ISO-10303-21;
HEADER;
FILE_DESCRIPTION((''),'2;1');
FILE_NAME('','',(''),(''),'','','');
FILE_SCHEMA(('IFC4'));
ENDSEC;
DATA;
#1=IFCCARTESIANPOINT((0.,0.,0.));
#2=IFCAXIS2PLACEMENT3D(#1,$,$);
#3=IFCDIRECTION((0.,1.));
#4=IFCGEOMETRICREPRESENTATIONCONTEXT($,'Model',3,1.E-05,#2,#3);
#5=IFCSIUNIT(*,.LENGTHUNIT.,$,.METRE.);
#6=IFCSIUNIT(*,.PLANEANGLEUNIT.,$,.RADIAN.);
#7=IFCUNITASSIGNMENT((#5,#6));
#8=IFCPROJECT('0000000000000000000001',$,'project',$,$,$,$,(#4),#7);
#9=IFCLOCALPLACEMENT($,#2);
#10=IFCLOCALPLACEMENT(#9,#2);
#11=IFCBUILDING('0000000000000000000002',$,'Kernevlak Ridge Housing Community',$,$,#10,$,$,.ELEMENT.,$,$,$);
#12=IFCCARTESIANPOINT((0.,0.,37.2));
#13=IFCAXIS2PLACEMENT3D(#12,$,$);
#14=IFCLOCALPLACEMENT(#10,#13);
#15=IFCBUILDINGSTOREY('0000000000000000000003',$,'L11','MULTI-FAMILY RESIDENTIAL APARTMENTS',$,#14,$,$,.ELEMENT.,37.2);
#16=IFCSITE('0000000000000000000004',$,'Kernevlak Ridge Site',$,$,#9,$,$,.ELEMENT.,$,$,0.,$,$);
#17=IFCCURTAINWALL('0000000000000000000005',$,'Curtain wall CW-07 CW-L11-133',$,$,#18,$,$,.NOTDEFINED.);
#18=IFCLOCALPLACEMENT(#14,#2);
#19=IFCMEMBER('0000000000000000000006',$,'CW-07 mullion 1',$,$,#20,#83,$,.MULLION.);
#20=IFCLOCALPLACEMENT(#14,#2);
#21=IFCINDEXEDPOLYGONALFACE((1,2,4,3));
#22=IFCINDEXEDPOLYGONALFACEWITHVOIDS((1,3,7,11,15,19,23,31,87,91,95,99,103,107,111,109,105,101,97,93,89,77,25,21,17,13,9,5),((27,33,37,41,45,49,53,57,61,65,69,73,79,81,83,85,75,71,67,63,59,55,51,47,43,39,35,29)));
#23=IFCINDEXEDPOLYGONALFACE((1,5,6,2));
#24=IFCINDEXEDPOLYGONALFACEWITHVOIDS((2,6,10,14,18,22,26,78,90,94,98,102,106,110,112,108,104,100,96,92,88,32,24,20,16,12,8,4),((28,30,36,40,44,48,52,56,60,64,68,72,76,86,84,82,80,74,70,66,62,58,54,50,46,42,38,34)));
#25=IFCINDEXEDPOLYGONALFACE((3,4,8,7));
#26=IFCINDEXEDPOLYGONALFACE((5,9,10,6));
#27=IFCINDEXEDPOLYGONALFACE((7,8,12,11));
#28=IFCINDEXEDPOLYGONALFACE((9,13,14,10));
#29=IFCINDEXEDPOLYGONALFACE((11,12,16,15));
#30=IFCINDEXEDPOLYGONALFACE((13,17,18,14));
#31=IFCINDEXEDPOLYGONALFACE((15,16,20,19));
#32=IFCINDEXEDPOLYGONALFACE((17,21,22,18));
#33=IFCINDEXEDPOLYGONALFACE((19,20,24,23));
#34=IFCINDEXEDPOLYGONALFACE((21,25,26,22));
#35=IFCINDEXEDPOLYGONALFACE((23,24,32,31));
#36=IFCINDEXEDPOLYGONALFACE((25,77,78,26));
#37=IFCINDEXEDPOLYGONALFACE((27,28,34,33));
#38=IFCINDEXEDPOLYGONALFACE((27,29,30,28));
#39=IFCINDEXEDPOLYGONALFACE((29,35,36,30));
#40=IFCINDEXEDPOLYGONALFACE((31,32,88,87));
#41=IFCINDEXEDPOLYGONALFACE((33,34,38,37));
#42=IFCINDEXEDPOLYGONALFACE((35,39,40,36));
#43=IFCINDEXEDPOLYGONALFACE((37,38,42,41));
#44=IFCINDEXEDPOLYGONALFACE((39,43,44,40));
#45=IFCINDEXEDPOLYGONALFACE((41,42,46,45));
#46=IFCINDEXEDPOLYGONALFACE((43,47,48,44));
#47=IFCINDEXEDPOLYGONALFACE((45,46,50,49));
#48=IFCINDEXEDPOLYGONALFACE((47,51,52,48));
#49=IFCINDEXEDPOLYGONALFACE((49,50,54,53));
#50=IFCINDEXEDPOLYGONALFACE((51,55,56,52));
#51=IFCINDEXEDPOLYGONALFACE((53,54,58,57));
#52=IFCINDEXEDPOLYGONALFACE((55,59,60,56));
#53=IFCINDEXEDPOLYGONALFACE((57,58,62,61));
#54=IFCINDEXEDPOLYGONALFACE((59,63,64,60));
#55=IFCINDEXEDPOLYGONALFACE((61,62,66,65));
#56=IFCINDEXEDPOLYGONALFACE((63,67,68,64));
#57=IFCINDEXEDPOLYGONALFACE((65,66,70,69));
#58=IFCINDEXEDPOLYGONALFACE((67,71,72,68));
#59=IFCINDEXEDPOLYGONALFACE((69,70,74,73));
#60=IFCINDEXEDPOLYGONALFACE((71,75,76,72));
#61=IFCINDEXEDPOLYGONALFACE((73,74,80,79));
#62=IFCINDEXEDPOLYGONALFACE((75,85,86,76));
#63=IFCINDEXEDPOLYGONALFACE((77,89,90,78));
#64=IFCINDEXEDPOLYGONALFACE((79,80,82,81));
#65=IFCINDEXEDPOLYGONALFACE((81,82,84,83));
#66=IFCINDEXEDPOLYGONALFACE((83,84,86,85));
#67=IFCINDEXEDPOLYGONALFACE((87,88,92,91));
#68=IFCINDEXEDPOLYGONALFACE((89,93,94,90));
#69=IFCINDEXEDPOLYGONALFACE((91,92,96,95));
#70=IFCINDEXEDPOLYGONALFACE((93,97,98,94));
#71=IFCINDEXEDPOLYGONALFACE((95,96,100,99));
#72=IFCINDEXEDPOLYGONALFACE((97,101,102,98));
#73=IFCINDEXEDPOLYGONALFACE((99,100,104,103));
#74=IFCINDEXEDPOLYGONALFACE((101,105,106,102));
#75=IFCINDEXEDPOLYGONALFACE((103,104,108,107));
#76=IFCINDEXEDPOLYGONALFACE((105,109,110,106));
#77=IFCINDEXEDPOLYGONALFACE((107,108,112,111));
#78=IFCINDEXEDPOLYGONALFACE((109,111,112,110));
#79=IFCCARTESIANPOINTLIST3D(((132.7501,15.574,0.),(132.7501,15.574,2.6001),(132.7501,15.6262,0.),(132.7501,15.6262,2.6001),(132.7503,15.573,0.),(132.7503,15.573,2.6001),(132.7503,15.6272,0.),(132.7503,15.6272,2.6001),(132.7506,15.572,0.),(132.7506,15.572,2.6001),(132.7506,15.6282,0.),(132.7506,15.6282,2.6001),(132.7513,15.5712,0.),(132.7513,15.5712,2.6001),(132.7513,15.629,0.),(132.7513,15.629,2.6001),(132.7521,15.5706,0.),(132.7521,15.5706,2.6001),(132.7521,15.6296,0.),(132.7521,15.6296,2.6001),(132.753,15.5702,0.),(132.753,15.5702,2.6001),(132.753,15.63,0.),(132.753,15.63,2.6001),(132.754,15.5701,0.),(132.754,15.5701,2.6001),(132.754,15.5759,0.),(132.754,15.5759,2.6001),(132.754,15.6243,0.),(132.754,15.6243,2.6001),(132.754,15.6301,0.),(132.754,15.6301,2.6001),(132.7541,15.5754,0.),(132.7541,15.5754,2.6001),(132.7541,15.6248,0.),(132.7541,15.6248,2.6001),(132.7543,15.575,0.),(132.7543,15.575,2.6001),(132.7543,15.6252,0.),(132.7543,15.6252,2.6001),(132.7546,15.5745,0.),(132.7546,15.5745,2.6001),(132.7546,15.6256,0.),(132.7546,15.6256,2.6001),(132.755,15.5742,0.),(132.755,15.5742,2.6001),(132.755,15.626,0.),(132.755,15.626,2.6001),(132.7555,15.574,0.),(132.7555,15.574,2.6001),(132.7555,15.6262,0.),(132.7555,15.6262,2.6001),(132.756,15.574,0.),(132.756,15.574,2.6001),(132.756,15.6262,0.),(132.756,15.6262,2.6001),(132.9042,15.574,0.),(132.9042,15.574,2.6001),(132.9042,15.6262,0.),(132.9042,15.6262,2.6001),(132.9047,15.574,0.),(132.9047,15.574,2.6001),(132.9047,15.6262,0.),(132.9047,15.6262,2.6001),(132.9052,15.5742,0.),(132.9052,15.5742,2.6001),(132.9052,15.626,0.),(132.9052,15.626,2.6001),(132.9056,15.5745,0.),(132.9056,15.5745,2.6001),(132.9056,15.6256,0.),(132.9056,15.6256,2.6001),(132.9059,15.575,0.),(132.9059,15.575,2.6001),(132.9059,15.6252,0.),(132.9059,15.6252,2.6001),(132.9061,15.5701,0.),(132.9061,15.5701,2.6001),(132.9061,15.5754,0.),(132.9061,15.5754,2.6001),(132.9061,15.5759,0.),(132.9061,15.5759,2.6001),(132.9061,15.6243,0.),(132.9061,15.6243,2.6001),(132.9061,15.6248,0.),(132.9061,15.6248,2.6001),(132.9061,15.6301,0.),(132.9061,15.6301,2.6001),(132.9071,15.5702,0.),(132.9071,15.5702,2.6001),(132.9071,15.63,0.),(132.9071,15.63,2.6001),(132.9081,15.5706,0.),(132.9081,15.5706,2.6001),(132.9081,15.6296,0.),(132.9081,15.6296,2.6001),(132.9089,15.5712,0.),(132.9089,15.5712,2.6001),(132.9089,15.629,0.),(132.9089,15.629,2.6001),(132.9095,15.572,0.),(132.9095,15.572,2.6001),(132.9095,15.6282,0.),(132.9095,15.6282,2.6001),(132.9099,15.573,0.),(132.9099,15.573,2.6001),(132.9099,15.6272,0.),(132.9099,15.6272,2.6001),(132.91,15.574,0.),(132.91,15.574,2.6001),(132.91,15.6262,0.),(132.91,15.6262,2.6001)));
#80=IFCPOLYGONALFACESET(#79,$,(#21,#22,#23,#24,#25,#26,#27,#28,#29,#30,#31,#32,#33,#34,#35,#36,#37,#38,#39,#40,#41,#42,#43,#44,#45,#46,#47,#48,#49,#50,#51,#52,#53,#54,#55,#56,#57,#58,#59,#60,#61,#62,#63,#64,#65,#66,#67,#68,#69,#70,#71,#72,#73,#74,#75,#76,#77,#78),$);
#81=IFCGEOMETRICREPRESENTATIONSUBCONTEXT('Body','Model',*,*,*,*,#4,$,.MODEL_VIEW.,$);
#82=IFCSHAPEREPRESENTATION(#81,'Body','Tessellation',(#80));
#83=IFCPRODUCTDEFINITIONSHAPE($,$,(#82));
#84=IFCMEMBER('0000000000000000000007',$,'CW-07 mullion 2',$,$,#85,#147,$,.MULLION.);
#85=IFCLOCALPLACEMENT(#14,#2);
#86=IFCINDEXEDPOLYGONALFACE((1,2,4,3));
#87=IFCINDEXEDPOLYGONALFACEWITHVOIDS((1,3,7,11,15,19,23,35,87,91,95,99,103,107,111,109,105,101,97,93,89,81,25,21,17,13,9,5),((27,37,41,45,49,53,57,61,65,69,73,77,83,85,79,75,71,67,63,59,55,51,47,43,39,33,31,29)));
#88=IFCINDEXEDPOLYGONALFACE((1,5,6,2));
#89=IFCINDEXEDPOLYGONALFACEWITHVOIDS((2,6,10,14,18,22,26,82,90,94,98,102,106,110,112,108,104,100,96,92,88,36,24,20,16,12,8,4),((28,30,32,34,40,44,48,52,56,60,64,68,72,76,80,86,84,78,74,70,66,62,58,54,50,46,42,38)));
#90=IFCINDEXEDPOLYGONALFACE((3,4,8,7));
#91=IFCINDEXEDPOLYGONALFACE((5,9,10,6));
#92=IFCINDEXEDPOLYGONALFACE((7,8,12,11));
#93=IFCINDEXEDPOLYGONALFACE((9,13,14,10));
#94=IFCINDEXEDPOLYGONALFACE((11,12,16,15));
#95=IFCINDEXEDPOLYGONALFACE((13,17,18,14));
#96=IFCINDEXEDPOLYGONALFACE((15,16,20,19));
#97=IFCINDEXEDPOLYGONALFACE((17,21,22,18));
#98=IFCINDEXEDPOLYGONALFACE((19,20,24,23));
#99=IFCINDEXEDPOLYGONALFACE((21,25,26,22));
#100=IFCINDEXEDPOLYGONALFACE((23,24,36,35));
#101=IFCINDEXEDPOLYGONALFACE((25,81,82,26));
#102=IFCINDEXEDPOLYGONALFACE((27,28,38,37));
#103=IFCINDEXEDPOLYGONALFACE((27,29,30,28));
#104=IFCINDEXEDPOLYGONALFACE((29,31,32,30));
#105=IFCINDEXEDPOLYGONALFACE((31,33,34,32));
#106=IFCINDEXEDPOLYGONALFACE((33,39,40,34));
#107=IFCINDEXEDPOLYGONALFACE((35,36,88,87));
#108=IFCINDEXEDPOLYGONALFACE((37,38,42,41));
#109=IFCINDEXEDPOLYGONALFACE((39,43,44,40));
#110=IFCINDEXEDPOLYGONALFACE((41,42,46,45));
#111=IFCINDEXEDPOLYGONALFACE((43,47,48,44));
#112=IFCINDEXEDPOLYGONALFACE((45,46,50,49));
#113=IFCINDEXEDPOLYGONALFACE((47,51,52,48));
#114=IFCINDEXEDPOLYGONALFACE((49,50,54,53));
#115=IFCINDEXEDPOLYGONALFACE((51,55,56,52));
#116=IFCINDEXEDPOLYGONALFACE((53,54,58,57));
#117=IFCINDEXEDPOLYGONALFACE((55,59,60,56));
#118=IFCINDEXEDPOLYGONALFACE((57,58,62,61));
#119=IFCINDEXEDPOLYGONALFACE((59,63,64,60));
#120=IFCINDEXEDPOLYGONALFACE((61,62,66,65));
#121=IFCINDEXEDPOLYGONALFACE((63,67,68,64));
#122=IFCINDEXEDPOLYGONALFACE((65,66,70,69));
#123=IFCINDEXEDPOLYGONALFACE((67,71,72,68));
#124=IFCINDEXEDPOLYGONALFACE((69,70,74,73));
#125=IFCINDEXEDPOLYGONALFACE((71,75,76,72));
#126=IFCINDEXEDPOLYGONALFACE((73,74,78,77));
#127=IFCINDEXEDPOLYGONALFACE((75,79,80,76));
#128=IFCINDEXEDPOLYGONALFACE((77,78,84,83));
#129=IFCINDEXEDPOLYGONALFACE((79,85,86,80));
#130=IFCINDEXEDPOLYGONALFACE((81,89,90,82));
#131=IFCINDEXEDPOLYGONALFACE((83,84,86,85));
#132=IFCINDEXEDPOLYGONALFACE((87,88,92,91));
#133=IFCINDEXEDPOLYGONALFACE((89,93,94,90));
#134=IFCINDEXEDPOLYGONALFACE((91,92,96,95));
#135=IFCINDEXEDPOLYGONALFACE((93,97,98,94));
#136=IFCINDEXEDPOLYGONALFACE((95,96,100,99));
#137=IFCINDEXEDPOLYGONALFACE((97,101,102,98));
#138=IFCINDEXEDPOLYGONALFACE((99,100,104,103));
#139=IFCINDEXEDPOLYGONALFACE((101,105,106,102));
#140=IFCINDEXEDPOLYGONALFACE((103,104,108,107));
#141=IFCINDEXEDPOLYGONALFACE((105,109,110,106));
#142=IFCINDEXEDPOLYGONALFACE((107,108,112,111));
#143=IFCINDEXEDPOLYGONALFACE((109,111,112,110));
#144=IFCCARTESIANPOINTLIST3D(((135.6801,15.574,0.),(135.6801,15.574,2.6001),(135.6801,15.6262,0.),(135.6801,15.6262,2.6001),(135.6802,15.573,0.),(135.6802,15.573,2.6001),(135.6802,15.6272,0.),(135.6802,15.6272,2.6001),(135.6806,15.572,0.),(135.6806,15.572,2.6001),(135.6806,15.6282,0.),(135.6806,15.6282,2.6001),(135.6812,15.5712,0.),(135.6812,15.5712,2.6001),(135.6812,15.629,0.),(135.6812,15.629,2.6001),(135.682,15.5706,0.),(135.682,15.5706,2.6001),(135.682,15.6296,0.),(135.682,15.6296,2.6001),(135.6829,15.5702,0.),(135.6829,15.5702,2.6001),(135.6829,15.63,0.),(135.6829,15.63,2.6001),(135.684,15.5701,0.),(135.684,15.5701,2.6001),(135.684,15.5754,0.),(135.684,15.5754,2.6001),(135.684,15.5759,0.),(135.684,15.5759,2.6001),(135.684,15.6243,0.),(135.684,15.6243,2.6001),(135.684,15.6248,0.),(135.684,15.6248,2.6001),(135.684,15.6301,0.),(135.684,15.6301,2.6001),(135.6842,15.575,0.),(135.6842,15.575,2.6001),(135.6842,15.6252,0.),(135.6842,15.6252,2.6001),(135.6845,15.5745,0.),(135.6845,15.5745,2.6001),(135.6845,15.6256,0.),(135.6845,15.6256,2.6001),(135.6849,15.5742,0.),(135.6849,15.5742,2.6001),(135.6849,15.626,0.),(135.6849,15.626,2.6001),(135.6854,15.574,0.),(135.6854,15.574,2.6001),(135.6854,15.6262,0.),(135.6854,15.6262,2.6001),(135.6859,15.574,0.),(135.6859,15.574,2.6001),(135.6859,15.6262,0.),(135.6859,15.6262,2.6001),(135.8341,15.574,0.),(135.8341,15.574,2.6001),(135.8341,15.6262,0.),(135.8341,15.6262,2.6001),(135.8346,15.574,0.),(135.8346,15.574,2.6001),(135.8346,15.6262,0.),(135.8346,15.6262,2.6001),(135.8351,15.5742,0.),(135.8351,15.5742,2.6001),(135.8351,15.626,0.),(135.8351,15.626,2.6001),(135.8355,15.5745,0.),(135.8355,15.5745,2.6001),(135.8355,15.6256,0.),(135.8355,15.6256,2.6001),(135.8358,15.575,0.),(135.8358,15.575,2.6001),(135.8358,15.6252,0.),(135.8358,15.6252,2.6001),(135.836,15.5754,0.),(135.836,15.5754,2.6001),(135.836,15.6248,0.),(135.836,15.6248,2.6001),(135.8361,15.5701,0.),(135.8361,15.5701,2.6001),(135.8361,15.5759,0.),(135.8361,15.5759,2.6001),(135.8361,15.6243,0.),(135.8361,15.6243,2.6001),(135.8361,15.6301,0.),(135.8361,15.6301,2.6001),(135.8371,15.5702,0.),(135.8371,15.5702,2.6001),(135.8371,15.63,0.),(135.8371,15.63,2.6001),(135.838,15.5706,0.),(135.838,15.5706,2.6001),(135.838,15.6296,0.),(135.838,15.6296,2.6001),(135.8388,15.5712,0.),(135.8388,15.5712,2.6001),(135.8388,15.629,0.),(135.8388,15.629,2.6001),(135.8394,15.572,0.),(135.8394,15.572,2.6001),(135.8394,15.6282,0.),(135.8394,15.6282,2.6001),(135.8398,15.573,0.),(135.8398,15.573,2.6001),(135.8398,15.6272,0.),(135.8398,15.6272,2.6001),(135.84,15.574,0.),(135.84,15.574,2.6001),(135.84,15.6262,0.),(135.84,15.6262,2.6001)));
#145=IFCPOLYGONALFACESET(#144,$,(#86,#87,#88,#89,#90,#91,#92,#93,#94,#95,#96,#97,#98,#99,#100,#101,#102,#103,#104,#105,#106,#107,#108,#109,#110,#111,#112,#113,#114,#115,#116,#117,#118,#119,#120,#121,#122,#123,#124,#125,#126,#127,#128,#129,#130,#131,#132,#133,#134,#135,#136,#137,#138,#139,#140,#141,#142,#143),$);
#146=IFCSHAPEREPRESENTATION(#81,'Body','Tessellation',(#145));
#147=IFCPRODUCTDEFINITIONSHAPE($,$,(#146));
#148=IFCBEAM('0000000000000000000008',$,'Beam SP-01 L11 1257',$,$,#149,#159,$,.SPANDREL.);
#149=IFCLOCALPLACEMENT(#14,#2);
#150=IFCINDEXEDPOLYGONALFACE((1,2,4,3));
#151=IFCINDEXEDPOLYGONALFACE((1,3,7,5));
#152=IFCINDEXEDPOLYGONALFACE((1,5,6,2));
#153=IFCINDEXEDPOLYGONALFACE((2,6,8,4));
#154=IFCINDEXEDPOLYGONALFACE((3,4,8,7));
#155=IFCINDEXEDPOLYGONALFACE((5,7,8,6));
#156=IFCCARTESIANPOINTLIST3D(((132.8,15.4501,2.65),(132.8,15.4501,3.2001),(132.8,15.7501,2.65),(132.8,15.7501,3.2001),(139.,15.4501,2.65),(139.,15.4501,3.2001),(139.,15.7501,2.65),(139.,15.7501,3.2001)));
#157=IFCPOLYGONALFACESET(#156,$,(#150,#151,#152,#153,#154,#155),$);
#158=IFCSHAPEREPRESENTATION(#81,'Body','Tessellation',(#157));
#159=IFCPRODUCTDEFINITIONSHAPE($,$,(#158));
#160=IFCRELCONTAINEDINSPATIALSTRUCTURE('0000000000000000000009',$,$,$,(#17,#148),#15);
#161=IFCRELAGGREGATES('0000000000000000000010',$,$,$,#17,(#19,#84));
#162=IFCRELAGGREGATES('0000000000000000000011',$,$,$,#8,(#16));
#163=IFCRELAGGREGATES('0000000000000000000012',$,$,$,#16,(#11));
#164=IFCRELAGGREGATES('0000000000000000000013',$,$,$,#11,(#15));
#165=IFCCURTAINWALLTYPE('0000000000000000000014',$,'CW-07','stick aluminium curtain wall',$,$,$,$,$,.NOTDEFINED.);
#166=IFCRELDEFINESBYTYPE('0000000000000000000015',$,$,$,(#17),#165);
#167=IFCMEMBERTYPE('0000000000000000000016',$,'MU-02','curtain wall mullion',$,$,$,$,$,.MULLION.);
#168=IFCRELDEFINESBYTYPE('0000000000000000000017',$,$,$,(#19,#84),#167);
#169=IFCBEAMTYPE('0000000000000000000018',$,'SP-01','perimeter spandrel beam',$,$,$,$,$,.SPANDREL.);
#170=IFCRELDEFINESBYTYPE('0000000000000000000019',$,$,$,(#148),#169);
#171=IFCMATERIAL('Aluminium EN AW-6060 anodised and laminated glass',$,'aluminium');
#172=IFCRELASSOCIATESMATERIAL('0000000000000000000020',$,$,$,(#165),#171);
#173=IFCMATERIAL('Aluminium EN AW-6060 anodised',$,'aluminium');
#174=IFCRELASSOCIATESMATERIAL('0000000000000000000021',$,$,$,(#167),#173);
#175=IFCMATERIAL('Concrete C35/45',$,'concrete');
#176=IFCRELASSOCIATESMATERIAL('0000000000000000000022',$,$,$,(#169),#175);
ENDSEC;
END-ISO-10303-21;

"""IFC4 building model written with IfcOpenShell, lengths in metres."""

from ifc_helpers import new_model, si_unit, direction, frame, origin, origin_2d, place, context, subcontext, project, spatial, rectangle, hollow_rectangle, extrude, material, material_profile, profile_set, type_object, element, aggregate, save


model = new_model("IFC4")

# Units and contexts
model_context = context("Model", 3, precision=1e-05, world=origin(), true_north=direction((0.0, 1.0)))
body_context = subcontext(model_context, "Body", "Model", "MODEL_VIEW")
ifc_project = project(units=[si_unit("LENGTHUNIT", "METRE"), si_unit("PLANEANGLEUNIT", "RADIAN")], contexts=[model_context])

# Site, building, storey
site_placement = place(None, origin())
site = spatial("IfcSite", under=ifc_project, at=site_placement, Name="Kernevlak Ridge Site", CompositionType="ELEMENT", RefElevation=0.0)
building_placement = place(site_placement, origin())
building = spatial("IfcBuilding", under=site, at=building_placement, Name="Kernevlak Ridge Housing Community", CompositionType="ELEMENT")
storey_placement = place(building_placement, frame((0.0, 0.0, 37.2)))
storey = spatial("IfcBuildingStorey", under=building, at=storey_placement, Name="L11", Description="MULTI-FAMILY RESIDENTIAL APARTMENTS", CompositionType="ELEMENT", Elevation=37.2)

# Curtain wall, members
ifc_material_1 = material(Name="Aluminium EN AW-6060 anodised and laminated glass", Category="aluminium")
curtain_wall_type = type_object("IfcCurtainWallType", Name="CW-07", Description="stick aluminium curtain wall", PredefinedType="NOTDEFINED", material=ifc_material_1)
curtain_wall_placement = place(storey_placement, origin())
curtain_wall = element("IfcCurtainWall", 1, at=curtain_wall_placement, inside=storey, type_object=curtain_wall_type, Name="Curtain wall CW-07 CW-L11-133", PredefinedType="NOTDEFINED")
ifc_material_2 = material(Name="Aluminium EN AW-6060 anodised", Category="aluminium")
ifc_material_profile_1 = material_profile(ifc_material_2, hollow_rectangle(XDim=0.0601, YDim=0.1599, WallThickness=0.0039, InnerFilletRadius=0.002, OuterFilletRadius=0.0039, at=origin_2d()), Name="ALU 60x160x4")
ifc_profile_set_1 = profile_set([ifc_material_profile_1], Name="Aluminium EN AW-6060 anodised")
member_type_1 = type_object("IfcMemberType", Name="MU-02", Description="curtain wall mullion", PredefinedType="MULLION", material=ifc_profile_set_1)
member_1_placement = place(storey_placement, frame((132.8301, 15.6001, 0.0), z_axis=(0.0, 0.0, 1.0), x_axis=(0.0, 1.0, 0.0)))
member_1 = element("IfcMember", 2, at=member_1_placement, type_object=member_type_1, Name="CW-07 mullion 1", PredefinedType="MULLION", context=body_context, shape_type="SweptSolid", body=[
    extrude(hollow_rectangle(XDim=0.0601, YDim=0.1599, WallThickness=0.0039, InnerFilletRadius=0.002, OuterFilletRadius=0.0039, at=origin_2d()), origin(), (0.0, 0.0, 1.0), 2.6001),
])
member_2_placement = place(storey_placement, frame((135.76, 15.6001, 0.0), z_axis=(0.0, 0.0, 1.0), x_axis=(0.0, 1.0, 0.0)))
member_2 = element("IfcMember", 3, at=member_2_placement, type_object=member_type_1, Name="CW-07 mullion 2", PredefinedType="MULLION", context=body_context, shape_type="SweptSolid", body=[
    extrude(hollow_rectangle(XDim=0.0601, YDim=0.1599, WallThickness=0.0039, InnerFilletRadius=0.002, OuterFilletRadius=0.0039, at=origin_2d()), origin(), (0.0, 0.0, 1.0), 2.6001),
])

# Beam
ifc_material_3 = material(Name="Concrete C35/45", Category="concrete")
ifc_material_profile_2 = material_profile(ifc_material_3, rectangle(XDim=0.3, YDim=0.55, at=origin_2d()), Name="RC 300x550")
ifc_profile_set_2 = profile_set([ifc_material_profile_2], Name="Concrete C35/45")
beam_type = type_object("IfcBeamType", Name="SP-01", Description="perimeter spandrel beam", PredefinedType="SPANDREL", material=ifc_profile_set_2)
beam_placement = place(storey_placement, frame((132.8, 15.6001, 2.925), z_axis=(1.0, 0.0, 0.0), x_axis=(0.0, 1.0, 0.0)))
element("IfcBeam", 4, at=beam_placement, inside=storey, type_object=beam_type, Name="Beam SP-01 L11 1257", PredefinedType="SPANDREL", context=body_context, shape_type="SweptSolid", body=[
    extrude(rectangle(XDim=0.3, YDim=0.55, at=origin_2d()), origin(), (0.0, 0.0, 1.0), 6.2),
])

aggregate(curtain_wall, [member_1, member_2])

save(model, "model.ifc")
